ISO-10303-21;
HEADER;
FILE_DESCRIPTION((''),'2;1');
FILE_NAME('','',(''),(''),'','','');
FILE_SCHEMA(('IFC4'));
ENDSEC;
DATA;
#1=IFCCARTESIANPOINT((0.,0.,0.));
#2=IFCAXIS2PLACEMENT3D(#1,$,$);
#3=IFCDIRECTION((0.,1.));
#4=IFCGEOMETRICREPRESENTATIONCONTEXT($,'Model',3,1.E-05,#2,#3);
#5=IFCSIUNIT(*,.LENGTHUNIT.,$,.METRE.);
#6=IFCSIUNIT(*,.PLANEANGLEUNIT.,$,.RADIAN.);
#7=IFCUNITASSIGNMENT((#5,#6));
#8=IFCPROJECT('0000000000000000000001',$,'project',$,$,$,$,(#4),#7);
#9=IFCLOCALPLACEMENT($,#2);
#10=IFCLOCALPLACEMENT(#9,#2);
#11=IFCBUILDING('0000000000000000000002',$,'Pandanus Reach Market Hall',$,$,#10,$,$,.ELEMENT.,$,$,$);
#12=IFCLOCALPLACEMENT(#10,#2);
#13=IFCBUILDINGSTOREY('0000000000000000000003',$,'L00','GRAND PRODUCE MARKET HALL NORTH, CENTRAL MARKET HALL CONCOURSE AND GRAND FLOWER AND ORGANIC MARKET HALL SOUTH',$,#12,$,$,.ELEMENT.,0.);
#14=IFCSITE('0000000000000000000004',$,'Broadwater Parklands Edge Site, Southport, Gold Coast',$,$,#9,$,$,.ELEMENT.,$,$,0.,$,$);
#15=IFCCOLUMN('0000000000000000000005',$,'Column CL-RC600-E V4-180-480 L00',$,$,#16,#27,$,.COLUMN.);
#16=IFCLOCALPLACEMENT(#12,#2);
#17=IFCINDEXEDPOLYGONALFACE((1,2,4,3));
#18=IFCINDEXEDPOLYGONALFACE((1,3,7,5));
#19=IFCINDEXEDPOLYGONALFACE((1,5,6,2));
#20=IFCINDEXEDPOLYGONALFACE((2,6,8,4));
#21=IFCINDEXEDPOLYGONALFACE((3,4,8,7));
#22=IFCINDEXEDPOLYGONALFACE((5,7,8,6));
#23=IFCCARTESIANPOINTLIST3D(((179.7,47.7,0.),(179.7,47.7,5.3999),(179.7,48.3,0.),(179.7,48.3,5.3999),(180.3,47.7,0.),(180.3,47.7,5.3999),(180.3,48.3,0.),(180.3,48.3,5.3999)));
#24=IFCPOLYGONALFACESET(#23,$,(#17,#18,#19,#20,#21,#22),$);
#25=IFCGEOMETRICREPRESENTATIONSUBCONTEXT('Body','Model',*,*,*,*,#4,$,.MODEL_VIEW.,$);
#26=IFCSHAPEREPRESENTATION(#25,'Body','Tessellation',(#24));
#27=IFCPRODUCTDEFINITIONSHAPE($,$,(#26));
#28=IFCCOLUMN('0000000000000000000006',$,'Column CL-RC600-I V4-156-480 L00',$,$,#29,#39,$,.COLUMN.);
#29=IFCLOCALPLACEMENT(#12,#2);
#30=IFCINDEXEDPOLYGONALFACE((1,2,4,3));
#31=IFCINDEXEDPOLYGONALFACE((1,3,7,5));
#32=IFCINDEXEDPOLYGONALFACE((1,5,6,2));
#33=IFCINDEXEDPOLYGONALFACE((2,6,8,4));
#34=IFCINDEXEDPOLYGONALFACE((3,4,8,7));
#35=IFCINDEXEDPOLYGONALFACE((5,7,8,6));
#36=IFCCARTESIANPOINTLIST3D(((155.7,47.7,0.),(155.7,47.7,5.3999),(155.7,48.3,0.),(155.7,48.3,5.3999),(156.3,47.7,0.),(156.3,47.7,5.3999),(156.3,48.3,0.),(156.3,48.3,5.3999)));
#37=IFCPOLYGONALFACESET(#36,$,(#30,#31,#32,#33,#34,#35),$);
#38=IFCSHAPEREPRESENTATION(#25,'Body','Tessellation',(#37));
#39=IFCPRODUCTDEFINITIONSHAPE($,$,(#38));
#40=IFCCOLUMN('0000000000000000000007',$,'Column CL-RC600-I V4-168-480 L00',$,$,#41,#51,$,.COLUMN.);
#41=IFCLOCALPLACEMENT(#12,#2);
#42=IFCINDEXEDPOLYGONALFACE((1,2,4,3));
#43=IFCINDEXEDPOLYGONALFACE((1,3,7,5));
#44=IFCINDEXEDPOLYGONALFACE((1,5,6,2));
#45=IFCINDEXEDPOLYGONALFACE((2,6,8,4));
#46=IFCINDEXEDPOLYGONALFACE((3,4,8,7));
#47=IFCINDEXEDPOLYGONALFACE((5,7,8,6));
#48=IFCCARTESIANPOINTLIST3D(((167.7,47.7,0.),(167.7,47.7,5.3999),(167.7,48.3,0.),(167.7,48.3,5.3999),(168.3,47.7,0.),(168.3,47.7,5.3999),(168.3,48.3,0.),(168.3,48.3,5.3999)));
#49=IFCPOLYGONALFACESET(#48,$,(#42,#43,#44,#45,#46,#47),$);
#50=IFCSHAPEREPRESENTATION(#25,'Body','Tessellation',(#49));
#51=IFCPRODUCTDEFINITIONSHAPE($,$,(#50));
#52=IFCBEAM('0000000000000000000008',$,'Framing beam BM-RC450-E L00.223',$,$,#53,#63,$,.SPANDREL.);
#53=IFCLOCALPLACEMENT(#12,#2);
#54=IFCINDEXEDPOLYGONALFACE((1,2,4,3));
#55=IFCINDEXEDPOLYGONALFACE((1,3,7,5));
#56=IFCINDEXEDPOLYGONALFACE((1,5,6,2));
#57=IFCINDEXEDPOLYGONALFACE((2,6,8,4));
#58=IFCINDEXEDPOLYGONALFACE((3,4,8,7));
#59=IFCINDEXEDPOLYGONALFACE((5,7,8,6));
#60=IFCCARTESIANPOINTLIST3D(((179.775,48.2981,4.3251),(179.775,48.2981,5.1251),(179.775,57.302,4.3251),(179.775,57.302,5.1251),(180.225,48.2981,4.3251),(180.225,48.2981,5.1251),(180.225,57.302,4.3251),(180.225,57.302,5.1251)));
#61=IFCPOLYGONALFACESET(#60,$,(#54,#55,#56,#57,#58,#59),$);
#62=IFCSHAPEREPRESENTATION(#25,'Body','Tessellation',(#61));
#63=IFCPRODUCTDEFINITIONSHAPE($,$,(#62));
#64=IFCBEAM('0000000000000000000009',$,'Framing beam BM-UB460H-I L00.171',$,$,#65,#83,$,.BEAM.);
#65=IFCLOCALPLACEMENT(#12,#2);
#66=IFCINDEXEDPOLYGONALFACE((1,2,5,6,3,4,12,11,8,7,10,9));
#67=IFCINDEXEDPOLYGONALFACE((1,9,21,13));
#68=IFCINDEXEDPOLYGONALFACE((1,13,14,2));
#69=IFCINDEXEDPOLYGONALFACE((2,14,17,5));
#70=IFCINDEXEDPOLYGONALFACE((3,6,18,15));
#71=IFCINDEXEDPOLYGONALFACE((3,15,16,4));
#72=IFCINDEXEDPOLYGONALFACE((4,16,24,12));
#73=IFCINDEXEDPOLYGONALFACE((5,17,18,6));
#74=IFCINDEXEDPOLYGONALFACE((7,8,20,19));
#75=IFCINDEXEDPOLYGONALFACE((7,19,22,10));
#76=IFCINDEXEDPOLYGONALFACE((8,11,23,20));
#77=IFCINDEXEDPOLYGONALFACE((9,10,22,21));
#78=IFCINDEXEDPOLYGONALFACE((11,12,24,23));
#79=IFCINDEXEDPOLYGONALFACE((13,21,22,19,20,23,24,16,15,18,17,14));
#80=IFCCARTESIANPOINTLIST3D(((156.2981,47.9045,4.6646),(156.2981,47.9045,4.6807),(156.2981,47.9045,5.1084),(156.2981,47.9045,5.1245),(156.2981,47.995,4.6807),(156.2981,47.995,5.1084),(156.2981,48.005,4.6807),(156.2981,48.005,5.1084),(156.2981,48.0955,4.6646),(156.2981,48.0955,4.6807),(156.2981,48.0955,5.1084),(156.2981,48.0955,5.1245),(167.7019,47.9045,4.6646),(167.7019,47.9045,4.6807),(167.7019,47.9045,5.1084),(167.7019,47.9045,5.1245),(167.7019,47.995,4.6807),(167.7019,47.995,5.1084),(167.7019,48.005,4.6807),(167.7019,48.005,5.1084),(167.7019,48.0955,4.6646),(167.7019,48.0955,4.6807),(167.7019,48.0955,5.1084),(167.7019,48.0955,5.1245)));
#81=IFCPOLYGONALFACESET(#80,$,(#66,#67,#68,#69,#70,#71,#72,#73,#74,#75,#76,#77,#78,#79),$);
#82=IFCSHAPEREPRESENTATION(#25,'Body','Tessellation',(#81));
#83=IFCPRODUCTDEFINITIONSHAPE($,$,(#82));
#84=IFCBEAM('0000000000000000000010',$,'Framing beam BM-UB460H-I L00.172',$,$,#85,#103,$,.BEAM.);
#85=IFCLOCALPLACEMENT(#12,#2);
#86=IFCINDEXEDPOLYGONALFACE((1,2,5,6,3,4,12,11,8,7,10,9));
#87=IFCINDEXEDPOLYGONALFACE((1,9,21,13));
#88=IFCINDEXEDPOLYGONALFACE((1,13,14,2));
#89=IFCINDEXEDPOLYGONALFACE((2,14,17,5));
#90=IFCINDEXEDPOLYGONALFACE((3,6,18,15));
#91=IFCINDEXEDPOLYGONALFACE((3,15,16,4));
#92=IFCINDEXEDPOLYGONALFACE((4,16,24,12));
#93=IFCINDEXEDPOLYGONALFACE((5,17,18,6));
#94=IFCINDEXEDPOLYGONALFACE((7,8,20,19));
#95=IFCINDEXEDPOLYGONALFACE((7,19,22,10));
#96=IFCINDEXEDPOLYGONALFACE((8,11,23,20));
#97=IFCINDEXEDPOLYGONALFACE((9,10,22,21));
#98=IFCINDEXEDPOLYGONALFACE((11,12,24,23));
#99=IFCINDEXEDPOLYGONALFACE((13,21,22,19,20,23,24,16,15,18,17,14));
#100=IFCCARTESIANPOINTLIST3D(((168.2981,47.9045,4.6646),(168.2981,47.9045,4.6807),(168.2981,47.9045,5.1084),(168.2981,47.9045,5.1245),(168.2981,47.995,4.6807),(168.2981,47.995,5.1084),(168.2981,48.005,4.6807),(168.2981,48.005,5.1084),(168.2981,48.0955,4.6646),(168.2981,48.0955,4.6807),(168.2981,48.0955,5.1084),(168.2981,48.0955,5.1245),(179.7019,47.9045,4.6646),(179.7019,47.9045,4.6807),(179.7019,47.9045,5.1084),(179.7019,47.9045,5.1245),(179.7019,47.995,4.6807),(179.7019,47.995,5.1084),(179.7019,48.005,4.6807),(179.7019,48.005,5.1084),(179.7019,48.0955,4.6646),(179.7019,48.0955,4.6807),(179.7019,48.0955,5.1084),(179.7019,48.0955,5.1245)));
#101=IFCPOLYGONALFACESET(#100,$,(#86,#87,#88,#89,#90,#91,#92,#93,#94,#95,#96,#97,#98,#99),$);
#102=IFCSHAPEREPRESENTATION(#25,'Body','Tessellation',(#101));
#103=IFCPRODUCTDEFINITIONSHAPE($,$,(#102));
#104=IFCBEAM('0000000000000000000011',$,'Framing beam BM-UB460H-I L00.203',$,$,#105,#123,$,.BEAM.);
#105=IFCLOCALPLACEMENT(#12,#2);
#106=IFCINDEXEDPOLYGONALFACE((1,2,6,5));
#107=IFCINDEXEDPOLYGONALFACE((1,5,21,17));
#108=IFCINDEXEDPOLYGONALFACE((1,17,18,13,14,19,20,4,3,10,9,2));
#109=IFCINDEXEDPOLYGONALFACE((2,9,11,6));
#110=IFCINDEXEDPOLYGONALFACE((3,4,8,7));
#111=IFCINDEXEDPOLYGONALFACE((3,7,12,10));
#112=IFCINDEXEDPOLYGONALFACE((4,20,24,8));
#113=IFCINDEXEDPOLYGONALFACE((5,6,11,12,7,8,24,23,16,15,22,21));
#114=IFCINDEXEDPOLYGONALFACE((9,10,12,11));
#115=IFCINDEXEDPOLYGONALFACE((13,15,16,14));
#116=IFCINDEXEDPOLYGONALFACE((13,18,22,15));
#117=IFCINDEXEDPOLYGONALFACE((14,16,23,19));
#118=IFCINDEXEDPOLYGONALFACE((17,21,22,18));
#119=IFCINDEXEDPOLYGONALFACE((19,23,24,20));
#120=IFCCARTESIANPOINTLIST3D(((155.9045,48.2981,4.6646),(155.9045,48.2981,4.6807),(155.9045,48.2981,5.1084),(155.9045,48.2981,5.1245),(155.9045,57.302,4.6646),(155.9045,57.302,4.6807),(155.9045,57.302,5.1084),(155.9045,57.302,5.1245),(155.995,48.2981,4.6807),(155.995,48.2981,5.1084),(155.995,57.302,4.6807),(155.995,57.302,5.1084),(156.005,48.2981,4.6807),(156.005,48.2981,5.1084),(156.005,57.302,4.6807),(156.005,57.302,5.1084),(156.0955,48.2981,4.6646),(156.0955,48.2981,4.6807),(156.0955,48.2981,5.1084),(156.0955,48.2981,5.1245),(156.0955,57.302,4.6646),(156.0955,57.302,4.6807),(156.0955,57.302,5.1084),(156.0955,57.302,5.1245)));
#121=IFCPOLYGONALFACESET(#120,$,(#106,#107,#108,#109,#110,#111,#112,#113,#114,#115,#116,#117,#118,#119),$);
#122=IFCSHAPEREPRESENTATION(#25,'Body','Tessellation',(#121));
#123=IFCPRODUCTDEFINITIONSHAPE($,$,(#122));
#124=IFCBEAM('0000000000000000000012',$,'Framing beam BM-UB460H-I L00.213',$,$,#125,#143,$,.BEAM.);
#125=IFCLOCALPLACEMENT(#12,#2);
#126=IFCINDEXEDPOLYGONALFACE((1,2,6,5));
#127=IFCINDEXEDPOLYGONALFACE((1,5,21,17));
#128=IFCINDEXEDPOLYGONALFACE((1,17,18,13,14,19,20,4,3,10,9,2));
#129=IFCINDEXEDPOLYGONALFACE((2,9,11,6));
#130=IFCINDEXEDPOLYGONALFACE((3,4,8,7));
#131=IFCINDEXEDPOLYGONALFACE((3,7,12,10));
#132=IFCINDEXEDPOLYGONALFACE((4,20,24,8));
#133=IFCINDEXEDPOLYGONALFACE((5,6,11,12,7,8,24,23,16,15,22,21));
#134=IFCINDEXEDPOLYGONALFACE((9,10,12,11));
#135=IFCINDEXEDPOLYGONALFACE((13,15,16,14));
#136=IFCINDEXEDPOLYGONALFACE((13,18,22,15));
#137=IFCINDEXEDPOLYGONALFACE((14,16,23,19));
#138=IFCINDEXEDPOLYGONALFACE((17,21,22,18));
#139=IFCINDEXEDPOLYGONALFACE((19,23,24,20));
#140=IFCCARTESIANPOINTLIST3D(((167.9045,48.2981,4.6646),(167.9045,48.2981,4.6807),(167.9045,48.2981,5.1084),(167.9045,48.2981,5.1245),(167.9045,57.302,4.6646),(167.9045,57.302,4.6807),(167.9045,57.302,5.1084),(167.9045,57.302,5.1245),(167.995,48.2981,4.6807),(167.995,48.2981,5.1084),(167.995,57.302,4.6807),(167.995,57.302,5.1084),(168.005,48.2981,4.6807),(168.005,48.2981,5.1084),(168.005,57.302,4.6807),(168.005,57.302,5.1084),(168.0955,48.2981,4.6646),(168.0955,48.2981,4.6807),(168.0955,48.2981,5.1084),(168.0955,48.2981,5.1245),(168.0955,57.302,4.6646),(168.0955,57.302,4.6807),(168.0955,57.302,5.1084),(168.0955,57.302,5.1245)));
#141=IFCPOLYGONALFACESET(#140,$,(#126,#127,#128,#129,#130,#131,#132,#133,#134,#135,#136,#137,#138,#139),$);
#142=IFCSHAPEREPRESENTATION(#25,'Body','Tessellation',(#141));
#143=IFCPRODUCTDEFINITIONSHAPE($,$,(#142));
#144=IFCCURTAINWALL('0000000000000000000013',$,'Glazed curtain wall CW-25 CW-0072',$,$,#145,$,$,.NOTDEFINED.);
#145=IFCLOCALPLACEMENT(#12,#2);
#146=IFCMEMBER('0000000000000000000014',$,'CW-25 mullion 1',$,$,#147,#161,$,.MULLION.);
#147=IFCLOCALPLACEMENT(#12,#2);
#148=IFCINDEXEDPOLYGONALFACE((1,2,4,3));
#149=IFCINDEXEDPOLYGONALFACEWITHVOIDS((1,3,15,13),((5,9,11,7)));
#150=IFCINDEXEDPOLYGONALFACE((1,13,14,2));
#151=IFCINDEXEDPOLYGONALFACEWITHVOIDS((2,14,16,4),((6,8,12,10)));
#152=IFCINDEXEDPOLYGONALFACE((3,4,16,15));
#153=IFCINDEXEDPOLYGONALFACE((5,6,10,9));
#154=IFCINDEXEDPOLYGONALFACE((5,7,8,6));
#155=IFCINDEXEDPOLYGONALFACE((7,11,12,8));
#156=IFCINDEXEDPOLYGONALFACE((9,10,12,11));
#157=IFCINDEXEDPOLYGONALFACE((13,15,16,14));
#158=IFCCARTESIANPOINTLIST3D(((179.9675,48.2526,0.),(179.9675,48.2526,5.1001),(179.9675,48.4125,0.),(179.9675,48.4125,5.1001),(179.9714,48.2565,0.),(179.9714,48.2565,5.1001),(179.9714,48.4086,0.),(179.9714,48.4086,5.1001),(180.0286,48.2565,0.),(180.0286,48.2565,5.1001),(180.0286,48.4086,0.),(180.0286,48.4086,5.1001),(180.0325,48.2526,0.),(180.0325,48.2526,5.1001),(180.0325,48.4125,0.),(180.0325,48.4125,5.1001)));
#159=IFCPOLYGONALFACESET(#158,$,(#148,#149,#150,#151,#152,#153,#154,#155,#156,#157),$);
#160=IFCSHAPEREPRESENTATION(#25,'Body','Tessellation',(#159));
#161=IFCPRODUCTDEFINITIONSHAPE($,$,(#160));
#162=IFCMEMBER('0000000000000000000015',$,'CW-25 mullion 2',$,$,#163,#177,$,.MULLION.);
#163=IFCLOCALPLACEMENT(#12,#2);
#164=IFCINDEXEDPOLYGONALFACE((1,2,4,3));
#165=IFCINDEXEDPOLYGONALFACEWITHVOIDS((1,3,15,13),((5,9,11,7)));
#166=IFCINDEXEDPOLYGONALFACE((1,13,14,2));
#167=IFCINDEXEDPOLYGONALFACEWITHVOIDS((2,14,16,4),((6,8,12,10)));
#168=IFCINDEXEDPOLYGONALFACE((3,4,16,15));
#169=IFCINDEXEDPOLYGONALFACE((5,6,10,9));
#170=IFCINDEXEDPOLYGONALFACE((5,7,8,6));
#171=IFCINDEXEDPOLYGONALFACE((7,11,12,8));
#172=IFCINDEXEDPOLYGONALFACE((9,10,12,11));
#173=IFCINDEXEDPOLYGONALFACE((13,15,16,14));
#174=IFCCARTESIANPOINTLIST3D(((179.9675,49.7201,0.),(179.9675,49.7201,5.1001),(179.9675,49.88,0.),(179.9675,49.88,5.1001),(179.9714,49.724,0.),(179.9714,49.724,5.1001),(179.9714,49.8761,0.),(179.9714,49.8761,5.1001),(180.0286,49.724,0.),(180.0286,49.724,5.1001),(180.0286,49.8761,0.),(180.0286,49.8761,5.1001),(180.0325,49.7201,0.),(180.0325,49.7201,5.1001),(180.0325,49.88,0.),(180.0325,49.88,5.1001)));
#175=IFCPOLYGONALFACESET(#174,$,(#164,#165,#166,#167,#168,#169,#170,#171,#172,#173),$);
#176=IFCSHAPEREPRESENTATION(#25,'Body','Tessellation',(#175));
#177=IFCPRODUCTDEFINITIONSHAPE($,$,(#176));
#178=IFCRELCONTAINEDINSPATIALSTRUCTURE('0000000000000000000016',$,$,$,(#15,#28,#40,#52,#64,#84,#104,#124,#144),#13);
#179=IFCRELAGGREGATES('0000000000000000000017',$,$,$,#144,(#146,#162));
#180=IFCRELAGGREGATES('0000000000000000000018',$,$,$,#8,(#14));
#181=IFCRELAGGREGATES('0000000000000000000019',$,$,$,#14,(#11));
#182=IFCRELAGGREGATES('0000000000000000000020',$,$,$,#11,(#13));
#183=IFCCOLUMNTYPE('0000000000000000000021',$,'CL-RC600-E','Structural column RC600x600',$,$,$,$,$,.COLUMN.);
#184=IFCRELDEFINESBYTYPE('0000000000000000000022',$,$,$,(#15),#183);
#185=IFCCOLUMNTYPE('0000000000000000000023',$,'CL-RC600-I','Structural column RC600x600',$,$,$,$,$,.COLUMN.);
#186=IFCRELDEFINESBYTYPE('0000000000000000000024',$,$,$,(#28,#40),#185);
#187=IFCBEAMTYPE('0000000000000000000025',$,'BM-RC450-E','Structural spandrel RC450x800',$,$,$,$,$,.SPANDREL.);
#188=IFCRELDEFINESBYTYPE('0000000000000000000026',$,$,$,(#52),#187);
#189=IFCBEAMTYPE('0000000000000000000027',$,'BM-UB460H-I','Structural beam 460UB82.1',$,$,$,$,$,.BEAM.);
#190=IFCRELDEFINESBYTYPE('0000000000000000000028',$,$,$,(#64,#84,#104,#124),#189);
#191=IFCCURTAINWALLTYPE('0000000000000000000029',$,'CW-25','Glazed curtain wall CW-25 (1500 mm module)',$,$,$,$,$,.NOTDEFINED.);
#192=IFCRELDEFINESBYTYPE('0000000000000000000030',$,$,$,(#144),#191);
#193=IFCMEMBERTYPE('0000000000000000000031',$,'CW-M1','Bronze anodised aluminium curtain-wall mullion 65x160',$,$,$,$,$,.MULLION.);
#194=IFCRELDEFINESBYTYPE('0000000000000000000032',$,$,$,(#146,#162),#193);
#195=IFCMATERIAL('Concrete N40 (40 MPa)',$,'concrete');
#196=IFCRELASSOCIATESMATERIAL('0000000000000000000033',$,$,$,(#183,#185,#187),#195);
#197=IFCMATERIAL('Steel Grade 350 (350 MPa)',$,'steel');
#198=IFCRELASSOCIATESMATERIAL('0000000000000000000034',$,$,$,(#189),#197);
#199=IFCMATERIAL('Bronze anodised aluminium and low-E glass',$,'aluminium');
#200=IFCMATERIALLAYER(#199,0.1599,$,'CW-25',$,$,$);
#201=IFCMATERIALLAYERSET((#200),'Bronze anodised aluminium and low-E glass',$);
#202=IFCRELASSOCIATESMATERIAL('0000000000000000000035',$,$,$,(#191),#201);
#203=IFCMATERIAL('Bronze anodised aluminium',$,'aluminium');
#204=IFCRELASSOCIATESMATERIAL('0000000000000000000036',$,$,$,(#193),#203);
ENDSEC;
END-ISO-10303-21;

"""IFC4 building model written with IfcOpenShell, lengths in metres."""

from ifc_helpers import new_model, si_unit, direction, frame, origin, origin_2d, place, context, subcontext, project, spatial, rectangle, hollow_rectangle, i_section, extrude, material, layer, layer_set, material_profile, profile_set, type_object, element, aggregate, save


model = new_model("IFC4")

# Units and contexts
model_context = context("Model", 3, precision=1e-05, world=origin(), true_north=direction((0.0, 1.0)))
body_context = subcontext(model_context, "Body", "Model", "MODEL_VIEW")
ifc_project = project(units=[si_unit("LENGTHUNIT", "METRE"), si_unit("PLANEANGLEUNIT", "RADIAN")], contexts=[model_context])

# Site, building, storey
site_placement = place(None, origin())
site = spatial("IfcSite", under=ifc_project, at=site_placement, Name="Broadwater Parklands Edge Site, Southport, Gold Coast", CompositionType="ELEMENT", RefElevation=0.0)
building_placement = place(site_placement, origin())
building = spatial("IfcBuilding", under=site, at=building_placement, Name="Pandanus Reach Market Hall", CompositionType="ELEMENT")
storey_placement = place(building_placement, origin())
storey = spatial("IfcBuildingStorey", under=building, at=storey_placement, Name="L00", Description="GRAND PRODUCE MARKET HALL NORTH, CENTRAL MARKET HALL CONCOURSE AND GRAND FLOWER AND ORGANIC MARKET HALL SOUTH", CompositionType="ELEMENT", Elevation=0.0)

# Columns
ifc_material_1 = material(Name="Concrete N40 (40 MPa)", Category="concrete")
ifc_material_profile_1 = material_profile(ifc_material_1, rectangle(XDim=0.6001, YDim=0.6001, at=origin_2d()), Name="RC600x600", Category="LoadBearing")
ifc_profile_set_1 = profile_set([ifc_material_profile_1], Name="Concrete N40 (40 MPa)")
column_type_1 = type_object("IfcColumnType", Name="CL-RC600-E", Description="Structural column RC600x600", PredefinedType="COLUMN", material=ifc_profile_set_1)
column_placement = place(storey_placement, frame((180.0, 48.0, 0.0), z_axis=(0.0, 0.0, 1.0), x_axis=(1.0, 0.0, 0.0)))
element("IfcColumn", 1, at=column_placement, inside=storey, type_object=column_type_1, Name="Column CL-RC600-E V4-180-480 L00", PredefinedType="COLUMN", context=body_context, shape_type="SweptSolid", body=[
    extrude(rectangle(XDim=0.6001, YDim=0.6001, at=origin_2d()), origin(), (0.0, 0.0, 1.0), 5.3999),
])
ifc_material_profile_2 = material_profile(ifc_material_1, rectangle(XDim=0.6001, YDim=0.6001, at=origin_2d()), Name="RC600x600", Category="LoadBearing")
ifc_profile_set_2 = profile_set([ifc_material_profile_2], Name="Concrete N40 (40 MPa)")
column_type_2 = type_object("IfcColumnType", Name="CL-RC600-I", Description="Structural column RC600x600", PredefinedType="COLUMN", material=ifc_profile_set_2)
for number, where, z_axis, x_axis, name in (
    (2, (156.0, 48.0, 0.0), (0.0, 0.0, 1.0), (1.0, 0.0, 0.0), "Column CL-RC600-I V4-156-480 L00"),
    (3, (168.0, 48.0, 0.0), (0.0, 0.0, 1.0), (1.0, 0.0, 0.0), "Column CL-RC600-I V4-168-480 L00"),
):
    element("IfcColumn", number, at=place(storey_placement, frame(where, z_axis=z_axis, x_axis=x_axis)), inside=storey, type_object=column_type_2, Name=name, PredefinedType="COLUMN", context=body_context, shape_type="SweptSolid", body=[
        extrude(rectangle(XDim=0.6001, YDim=0.6001, at=origin_2d()), origin(), (0.0, 0.0, 1.0), 5.3999),
    ])

# Beams
ifc_material_profile_3 = material_profile(ifc_material_1, rectangle(XDim=0.45, YDim=0.8, at=origin_2d()), Name="RC450x800", Category="LoadBearing")
ifc_profile_set_3 = profile_set([ifc_material_profile_3], Name="Concrete N40 (40 MPa)")
beam_type_1 = type_object("IfcBeamType", Name="BM-RC450-E", Description="Structural spandrel RC450x800", PredefinedType="SPANDREL", material=ifc_profile_set_3)
beam_placement = place(storey_placement, frame((180.0, 48.2981, 4.7251), z_axis=(0.0, 1.0, 0.0), x_axis=(-1.0, 0.0, 0.0)))
element("IfcBeam", 4, at=beam_placement, inside=storey, type_object=beam_type_1, Name="Framing beam BM-RC450-E L00.223", PredefinedType="SPANDREL", context=body_context, shape_type="SweptSolid", body=[
    extrude(rectangle(XDim=0.45, YDim=0.8, at=origin_2d()), origin(), (0.0, 0.0, 1.0), 9.0039),
])
ifc_material_2 = material(Name="Steel Grade 350 (350 MPa)", Category="steel")
ifc_material_profile_4 = material_profile(ifc_material_2, i_section(OverallWidth=0.1909, OverallDepth=0.46, WebThickness=0.01, FlangeThickness=0.0161, at=origin_2d()), Name="460UB82.1", Category="LoadBearing")
ifc_profile_set_4 = profile_set([ifc_material_profile_4], Name="Steel Grade 350 (350 MPa)")
beam_type_2 = type_object("IfcBeamType", Name="BM-UB460H-I", Description="Structural beam 460UB82.1", PredefinedType="BEAM", material=ifc_profile_set_4)
for number, where, z_axis, x_axis, name in (
    (5, (156.2981, 48.0, 4.8945), (1.0, 0.0, 0.0), (0.0, 1.0, 0.0), "Framing beam BM-UB460H-I L00.171"),
    (6, (168.2981, 48.0, 4.8945), (1.0, 0.0, 0.0), (0.0, 1.0, 0.0), "Framing beam BM-UB460H-I L00.172"),
):
    element("IfcBeam", number, at=place(storey_placement, frame(where, z_axis=z_axis, x_axis=x_axis)), inside=storey, type_object=beam_type_2, Name=name, PredefinedType="BEAM", context=body_context, shape_type="SweptSolid", body=[
        extrude(i_section(OverallWidth=0.1909, OverallDepth=0.46, WebThickness=0.01, FlangeThickness=0.0161, at=origin_2d()), origin(), (0.0, 0.0, 1.0), 11.4038),
    ])
for number, where, z_axis, x_axis, name in (
    (7, (156.0, 48.2981, 4.8945), (0.0, 1.0, 0.0), (-1.0, 0.0, 0.0), "Framing beam BM-UB460H-I L00.203"),
    (8, (168.0, 48.2981, 4.8945), (0.0, 1.0, 0.0), (-1.0, 0.0, 0.0), "Framing beam BM-UB460H-I L00.213"),
):
    element("IfcBeam", number, at=place(storey_placement, frame(where, z_axis=z_axis, x_axis=x_axis)), inside=storey, type_object=beam_type_2, Name=name, PredefinedType="BEAM", context=body_context, shape_type="SweptSolid", body=[
        extrude(i_section(OverallWidth=0.1909, OverallDepth=0.46, WebThickness=0.01, FlangeThickness=0.0161, at=origin_2d()), origin(), (0.0, 0.0, 1.0), 9.0039),
    ])

# Curtain wall, members
ifc_material_3 = material(Name="Bronze anodised aluminium and low-E glass", Category="aluminium")
ifc_layer_1 = layer(ifc_material_3, 0.1599, Name="CW-25")
ifc_layer_set_1 = layer_set([ifc_layer_1], Name="Bronze anodised aluminium and low-E glass")
curtain_wall_type = type_object("IfcCurtainWallType", Name="CW-25", Description="Glazed curtain wall CW-25 (1500 mm module)", PredefinedType="NOTDEFINED", material=ifc_layer_set_1)
curtain_wall_placement = place(storey_placement, origin())
curtain_wall = element("IfcCurtainWall", 9, at=curtain_wall_placement, inside=storey, type_object=curtain_wall_type, Name="Glazed curtain wall CW-25 CW-0072", PredefinedType="NOTDEFINED")
ifc_material_4 = material(Name="Bronze anodised aluminium", Category="aluminium")
ifc_material_profile_5 = material_profile(ifc_material_4, hollow_rectangle(XDim=0.0649, YDim=0.1599, WallThickness=0.0039, at=origin_2d()), Name="ALU65x160", Category="LoadBearing")
ifc_profile_set_5 = profile_set([ifc_material_profile_5], Name="Bronze anodised aluminium")
member_type_1 = type_object("IfcMemberType", Name="CW-M1", Description="Bronze anodised aluminium curtain-wall mullion 65x160", PredefinedType="MULLION", material=ifc_profile_set_5)
member_1_placement = place(storey_placement, frame((180.0, 48.3325, 0.0), z_axis=(0.0, 0.0, 1.0), x_axis=(-1.0, 0.0, 0.0)))
member_1 = element("IfcMember", 10, at=member_1_placement, type_object=member_type_1, Name="CW-25 mullion 1", PredefinedType="MULLION", context=body_context, shape_type="SweptSolid", body=[
    extrude(hollow_rectangle(XDim=0.0649, YDim=0.1599, WallThickness=0.0039, at=origin_2d()), origin(), (0.0, 0.0, 1.0), 5.1001),
])
member_2_placement = place(storey_placement, frame((180.0, 49.8, 0.0), z_axis=(0.0, 0.0, 1.0), x_axis=(-1.0, 0.0, 0.0)))
member_2 = element("IfcMember", 11, at=member_2_placement, type_object=member_type_1, Name="CW-25 mullion 2", PredefinedType="MULLION", context=body_context, shape_type="SweptSolid", body=[
    extrude(hollow_rectangle(XDim=0.0649, YDim=0.1599, WallThickness=0.0039, at=origin_2d()), origin(), (0.0, 0.0, 1.0), 5.1001),
])

aggregate(curtain_wall, [member_1, member_2])

save(model, "model.ifc")
